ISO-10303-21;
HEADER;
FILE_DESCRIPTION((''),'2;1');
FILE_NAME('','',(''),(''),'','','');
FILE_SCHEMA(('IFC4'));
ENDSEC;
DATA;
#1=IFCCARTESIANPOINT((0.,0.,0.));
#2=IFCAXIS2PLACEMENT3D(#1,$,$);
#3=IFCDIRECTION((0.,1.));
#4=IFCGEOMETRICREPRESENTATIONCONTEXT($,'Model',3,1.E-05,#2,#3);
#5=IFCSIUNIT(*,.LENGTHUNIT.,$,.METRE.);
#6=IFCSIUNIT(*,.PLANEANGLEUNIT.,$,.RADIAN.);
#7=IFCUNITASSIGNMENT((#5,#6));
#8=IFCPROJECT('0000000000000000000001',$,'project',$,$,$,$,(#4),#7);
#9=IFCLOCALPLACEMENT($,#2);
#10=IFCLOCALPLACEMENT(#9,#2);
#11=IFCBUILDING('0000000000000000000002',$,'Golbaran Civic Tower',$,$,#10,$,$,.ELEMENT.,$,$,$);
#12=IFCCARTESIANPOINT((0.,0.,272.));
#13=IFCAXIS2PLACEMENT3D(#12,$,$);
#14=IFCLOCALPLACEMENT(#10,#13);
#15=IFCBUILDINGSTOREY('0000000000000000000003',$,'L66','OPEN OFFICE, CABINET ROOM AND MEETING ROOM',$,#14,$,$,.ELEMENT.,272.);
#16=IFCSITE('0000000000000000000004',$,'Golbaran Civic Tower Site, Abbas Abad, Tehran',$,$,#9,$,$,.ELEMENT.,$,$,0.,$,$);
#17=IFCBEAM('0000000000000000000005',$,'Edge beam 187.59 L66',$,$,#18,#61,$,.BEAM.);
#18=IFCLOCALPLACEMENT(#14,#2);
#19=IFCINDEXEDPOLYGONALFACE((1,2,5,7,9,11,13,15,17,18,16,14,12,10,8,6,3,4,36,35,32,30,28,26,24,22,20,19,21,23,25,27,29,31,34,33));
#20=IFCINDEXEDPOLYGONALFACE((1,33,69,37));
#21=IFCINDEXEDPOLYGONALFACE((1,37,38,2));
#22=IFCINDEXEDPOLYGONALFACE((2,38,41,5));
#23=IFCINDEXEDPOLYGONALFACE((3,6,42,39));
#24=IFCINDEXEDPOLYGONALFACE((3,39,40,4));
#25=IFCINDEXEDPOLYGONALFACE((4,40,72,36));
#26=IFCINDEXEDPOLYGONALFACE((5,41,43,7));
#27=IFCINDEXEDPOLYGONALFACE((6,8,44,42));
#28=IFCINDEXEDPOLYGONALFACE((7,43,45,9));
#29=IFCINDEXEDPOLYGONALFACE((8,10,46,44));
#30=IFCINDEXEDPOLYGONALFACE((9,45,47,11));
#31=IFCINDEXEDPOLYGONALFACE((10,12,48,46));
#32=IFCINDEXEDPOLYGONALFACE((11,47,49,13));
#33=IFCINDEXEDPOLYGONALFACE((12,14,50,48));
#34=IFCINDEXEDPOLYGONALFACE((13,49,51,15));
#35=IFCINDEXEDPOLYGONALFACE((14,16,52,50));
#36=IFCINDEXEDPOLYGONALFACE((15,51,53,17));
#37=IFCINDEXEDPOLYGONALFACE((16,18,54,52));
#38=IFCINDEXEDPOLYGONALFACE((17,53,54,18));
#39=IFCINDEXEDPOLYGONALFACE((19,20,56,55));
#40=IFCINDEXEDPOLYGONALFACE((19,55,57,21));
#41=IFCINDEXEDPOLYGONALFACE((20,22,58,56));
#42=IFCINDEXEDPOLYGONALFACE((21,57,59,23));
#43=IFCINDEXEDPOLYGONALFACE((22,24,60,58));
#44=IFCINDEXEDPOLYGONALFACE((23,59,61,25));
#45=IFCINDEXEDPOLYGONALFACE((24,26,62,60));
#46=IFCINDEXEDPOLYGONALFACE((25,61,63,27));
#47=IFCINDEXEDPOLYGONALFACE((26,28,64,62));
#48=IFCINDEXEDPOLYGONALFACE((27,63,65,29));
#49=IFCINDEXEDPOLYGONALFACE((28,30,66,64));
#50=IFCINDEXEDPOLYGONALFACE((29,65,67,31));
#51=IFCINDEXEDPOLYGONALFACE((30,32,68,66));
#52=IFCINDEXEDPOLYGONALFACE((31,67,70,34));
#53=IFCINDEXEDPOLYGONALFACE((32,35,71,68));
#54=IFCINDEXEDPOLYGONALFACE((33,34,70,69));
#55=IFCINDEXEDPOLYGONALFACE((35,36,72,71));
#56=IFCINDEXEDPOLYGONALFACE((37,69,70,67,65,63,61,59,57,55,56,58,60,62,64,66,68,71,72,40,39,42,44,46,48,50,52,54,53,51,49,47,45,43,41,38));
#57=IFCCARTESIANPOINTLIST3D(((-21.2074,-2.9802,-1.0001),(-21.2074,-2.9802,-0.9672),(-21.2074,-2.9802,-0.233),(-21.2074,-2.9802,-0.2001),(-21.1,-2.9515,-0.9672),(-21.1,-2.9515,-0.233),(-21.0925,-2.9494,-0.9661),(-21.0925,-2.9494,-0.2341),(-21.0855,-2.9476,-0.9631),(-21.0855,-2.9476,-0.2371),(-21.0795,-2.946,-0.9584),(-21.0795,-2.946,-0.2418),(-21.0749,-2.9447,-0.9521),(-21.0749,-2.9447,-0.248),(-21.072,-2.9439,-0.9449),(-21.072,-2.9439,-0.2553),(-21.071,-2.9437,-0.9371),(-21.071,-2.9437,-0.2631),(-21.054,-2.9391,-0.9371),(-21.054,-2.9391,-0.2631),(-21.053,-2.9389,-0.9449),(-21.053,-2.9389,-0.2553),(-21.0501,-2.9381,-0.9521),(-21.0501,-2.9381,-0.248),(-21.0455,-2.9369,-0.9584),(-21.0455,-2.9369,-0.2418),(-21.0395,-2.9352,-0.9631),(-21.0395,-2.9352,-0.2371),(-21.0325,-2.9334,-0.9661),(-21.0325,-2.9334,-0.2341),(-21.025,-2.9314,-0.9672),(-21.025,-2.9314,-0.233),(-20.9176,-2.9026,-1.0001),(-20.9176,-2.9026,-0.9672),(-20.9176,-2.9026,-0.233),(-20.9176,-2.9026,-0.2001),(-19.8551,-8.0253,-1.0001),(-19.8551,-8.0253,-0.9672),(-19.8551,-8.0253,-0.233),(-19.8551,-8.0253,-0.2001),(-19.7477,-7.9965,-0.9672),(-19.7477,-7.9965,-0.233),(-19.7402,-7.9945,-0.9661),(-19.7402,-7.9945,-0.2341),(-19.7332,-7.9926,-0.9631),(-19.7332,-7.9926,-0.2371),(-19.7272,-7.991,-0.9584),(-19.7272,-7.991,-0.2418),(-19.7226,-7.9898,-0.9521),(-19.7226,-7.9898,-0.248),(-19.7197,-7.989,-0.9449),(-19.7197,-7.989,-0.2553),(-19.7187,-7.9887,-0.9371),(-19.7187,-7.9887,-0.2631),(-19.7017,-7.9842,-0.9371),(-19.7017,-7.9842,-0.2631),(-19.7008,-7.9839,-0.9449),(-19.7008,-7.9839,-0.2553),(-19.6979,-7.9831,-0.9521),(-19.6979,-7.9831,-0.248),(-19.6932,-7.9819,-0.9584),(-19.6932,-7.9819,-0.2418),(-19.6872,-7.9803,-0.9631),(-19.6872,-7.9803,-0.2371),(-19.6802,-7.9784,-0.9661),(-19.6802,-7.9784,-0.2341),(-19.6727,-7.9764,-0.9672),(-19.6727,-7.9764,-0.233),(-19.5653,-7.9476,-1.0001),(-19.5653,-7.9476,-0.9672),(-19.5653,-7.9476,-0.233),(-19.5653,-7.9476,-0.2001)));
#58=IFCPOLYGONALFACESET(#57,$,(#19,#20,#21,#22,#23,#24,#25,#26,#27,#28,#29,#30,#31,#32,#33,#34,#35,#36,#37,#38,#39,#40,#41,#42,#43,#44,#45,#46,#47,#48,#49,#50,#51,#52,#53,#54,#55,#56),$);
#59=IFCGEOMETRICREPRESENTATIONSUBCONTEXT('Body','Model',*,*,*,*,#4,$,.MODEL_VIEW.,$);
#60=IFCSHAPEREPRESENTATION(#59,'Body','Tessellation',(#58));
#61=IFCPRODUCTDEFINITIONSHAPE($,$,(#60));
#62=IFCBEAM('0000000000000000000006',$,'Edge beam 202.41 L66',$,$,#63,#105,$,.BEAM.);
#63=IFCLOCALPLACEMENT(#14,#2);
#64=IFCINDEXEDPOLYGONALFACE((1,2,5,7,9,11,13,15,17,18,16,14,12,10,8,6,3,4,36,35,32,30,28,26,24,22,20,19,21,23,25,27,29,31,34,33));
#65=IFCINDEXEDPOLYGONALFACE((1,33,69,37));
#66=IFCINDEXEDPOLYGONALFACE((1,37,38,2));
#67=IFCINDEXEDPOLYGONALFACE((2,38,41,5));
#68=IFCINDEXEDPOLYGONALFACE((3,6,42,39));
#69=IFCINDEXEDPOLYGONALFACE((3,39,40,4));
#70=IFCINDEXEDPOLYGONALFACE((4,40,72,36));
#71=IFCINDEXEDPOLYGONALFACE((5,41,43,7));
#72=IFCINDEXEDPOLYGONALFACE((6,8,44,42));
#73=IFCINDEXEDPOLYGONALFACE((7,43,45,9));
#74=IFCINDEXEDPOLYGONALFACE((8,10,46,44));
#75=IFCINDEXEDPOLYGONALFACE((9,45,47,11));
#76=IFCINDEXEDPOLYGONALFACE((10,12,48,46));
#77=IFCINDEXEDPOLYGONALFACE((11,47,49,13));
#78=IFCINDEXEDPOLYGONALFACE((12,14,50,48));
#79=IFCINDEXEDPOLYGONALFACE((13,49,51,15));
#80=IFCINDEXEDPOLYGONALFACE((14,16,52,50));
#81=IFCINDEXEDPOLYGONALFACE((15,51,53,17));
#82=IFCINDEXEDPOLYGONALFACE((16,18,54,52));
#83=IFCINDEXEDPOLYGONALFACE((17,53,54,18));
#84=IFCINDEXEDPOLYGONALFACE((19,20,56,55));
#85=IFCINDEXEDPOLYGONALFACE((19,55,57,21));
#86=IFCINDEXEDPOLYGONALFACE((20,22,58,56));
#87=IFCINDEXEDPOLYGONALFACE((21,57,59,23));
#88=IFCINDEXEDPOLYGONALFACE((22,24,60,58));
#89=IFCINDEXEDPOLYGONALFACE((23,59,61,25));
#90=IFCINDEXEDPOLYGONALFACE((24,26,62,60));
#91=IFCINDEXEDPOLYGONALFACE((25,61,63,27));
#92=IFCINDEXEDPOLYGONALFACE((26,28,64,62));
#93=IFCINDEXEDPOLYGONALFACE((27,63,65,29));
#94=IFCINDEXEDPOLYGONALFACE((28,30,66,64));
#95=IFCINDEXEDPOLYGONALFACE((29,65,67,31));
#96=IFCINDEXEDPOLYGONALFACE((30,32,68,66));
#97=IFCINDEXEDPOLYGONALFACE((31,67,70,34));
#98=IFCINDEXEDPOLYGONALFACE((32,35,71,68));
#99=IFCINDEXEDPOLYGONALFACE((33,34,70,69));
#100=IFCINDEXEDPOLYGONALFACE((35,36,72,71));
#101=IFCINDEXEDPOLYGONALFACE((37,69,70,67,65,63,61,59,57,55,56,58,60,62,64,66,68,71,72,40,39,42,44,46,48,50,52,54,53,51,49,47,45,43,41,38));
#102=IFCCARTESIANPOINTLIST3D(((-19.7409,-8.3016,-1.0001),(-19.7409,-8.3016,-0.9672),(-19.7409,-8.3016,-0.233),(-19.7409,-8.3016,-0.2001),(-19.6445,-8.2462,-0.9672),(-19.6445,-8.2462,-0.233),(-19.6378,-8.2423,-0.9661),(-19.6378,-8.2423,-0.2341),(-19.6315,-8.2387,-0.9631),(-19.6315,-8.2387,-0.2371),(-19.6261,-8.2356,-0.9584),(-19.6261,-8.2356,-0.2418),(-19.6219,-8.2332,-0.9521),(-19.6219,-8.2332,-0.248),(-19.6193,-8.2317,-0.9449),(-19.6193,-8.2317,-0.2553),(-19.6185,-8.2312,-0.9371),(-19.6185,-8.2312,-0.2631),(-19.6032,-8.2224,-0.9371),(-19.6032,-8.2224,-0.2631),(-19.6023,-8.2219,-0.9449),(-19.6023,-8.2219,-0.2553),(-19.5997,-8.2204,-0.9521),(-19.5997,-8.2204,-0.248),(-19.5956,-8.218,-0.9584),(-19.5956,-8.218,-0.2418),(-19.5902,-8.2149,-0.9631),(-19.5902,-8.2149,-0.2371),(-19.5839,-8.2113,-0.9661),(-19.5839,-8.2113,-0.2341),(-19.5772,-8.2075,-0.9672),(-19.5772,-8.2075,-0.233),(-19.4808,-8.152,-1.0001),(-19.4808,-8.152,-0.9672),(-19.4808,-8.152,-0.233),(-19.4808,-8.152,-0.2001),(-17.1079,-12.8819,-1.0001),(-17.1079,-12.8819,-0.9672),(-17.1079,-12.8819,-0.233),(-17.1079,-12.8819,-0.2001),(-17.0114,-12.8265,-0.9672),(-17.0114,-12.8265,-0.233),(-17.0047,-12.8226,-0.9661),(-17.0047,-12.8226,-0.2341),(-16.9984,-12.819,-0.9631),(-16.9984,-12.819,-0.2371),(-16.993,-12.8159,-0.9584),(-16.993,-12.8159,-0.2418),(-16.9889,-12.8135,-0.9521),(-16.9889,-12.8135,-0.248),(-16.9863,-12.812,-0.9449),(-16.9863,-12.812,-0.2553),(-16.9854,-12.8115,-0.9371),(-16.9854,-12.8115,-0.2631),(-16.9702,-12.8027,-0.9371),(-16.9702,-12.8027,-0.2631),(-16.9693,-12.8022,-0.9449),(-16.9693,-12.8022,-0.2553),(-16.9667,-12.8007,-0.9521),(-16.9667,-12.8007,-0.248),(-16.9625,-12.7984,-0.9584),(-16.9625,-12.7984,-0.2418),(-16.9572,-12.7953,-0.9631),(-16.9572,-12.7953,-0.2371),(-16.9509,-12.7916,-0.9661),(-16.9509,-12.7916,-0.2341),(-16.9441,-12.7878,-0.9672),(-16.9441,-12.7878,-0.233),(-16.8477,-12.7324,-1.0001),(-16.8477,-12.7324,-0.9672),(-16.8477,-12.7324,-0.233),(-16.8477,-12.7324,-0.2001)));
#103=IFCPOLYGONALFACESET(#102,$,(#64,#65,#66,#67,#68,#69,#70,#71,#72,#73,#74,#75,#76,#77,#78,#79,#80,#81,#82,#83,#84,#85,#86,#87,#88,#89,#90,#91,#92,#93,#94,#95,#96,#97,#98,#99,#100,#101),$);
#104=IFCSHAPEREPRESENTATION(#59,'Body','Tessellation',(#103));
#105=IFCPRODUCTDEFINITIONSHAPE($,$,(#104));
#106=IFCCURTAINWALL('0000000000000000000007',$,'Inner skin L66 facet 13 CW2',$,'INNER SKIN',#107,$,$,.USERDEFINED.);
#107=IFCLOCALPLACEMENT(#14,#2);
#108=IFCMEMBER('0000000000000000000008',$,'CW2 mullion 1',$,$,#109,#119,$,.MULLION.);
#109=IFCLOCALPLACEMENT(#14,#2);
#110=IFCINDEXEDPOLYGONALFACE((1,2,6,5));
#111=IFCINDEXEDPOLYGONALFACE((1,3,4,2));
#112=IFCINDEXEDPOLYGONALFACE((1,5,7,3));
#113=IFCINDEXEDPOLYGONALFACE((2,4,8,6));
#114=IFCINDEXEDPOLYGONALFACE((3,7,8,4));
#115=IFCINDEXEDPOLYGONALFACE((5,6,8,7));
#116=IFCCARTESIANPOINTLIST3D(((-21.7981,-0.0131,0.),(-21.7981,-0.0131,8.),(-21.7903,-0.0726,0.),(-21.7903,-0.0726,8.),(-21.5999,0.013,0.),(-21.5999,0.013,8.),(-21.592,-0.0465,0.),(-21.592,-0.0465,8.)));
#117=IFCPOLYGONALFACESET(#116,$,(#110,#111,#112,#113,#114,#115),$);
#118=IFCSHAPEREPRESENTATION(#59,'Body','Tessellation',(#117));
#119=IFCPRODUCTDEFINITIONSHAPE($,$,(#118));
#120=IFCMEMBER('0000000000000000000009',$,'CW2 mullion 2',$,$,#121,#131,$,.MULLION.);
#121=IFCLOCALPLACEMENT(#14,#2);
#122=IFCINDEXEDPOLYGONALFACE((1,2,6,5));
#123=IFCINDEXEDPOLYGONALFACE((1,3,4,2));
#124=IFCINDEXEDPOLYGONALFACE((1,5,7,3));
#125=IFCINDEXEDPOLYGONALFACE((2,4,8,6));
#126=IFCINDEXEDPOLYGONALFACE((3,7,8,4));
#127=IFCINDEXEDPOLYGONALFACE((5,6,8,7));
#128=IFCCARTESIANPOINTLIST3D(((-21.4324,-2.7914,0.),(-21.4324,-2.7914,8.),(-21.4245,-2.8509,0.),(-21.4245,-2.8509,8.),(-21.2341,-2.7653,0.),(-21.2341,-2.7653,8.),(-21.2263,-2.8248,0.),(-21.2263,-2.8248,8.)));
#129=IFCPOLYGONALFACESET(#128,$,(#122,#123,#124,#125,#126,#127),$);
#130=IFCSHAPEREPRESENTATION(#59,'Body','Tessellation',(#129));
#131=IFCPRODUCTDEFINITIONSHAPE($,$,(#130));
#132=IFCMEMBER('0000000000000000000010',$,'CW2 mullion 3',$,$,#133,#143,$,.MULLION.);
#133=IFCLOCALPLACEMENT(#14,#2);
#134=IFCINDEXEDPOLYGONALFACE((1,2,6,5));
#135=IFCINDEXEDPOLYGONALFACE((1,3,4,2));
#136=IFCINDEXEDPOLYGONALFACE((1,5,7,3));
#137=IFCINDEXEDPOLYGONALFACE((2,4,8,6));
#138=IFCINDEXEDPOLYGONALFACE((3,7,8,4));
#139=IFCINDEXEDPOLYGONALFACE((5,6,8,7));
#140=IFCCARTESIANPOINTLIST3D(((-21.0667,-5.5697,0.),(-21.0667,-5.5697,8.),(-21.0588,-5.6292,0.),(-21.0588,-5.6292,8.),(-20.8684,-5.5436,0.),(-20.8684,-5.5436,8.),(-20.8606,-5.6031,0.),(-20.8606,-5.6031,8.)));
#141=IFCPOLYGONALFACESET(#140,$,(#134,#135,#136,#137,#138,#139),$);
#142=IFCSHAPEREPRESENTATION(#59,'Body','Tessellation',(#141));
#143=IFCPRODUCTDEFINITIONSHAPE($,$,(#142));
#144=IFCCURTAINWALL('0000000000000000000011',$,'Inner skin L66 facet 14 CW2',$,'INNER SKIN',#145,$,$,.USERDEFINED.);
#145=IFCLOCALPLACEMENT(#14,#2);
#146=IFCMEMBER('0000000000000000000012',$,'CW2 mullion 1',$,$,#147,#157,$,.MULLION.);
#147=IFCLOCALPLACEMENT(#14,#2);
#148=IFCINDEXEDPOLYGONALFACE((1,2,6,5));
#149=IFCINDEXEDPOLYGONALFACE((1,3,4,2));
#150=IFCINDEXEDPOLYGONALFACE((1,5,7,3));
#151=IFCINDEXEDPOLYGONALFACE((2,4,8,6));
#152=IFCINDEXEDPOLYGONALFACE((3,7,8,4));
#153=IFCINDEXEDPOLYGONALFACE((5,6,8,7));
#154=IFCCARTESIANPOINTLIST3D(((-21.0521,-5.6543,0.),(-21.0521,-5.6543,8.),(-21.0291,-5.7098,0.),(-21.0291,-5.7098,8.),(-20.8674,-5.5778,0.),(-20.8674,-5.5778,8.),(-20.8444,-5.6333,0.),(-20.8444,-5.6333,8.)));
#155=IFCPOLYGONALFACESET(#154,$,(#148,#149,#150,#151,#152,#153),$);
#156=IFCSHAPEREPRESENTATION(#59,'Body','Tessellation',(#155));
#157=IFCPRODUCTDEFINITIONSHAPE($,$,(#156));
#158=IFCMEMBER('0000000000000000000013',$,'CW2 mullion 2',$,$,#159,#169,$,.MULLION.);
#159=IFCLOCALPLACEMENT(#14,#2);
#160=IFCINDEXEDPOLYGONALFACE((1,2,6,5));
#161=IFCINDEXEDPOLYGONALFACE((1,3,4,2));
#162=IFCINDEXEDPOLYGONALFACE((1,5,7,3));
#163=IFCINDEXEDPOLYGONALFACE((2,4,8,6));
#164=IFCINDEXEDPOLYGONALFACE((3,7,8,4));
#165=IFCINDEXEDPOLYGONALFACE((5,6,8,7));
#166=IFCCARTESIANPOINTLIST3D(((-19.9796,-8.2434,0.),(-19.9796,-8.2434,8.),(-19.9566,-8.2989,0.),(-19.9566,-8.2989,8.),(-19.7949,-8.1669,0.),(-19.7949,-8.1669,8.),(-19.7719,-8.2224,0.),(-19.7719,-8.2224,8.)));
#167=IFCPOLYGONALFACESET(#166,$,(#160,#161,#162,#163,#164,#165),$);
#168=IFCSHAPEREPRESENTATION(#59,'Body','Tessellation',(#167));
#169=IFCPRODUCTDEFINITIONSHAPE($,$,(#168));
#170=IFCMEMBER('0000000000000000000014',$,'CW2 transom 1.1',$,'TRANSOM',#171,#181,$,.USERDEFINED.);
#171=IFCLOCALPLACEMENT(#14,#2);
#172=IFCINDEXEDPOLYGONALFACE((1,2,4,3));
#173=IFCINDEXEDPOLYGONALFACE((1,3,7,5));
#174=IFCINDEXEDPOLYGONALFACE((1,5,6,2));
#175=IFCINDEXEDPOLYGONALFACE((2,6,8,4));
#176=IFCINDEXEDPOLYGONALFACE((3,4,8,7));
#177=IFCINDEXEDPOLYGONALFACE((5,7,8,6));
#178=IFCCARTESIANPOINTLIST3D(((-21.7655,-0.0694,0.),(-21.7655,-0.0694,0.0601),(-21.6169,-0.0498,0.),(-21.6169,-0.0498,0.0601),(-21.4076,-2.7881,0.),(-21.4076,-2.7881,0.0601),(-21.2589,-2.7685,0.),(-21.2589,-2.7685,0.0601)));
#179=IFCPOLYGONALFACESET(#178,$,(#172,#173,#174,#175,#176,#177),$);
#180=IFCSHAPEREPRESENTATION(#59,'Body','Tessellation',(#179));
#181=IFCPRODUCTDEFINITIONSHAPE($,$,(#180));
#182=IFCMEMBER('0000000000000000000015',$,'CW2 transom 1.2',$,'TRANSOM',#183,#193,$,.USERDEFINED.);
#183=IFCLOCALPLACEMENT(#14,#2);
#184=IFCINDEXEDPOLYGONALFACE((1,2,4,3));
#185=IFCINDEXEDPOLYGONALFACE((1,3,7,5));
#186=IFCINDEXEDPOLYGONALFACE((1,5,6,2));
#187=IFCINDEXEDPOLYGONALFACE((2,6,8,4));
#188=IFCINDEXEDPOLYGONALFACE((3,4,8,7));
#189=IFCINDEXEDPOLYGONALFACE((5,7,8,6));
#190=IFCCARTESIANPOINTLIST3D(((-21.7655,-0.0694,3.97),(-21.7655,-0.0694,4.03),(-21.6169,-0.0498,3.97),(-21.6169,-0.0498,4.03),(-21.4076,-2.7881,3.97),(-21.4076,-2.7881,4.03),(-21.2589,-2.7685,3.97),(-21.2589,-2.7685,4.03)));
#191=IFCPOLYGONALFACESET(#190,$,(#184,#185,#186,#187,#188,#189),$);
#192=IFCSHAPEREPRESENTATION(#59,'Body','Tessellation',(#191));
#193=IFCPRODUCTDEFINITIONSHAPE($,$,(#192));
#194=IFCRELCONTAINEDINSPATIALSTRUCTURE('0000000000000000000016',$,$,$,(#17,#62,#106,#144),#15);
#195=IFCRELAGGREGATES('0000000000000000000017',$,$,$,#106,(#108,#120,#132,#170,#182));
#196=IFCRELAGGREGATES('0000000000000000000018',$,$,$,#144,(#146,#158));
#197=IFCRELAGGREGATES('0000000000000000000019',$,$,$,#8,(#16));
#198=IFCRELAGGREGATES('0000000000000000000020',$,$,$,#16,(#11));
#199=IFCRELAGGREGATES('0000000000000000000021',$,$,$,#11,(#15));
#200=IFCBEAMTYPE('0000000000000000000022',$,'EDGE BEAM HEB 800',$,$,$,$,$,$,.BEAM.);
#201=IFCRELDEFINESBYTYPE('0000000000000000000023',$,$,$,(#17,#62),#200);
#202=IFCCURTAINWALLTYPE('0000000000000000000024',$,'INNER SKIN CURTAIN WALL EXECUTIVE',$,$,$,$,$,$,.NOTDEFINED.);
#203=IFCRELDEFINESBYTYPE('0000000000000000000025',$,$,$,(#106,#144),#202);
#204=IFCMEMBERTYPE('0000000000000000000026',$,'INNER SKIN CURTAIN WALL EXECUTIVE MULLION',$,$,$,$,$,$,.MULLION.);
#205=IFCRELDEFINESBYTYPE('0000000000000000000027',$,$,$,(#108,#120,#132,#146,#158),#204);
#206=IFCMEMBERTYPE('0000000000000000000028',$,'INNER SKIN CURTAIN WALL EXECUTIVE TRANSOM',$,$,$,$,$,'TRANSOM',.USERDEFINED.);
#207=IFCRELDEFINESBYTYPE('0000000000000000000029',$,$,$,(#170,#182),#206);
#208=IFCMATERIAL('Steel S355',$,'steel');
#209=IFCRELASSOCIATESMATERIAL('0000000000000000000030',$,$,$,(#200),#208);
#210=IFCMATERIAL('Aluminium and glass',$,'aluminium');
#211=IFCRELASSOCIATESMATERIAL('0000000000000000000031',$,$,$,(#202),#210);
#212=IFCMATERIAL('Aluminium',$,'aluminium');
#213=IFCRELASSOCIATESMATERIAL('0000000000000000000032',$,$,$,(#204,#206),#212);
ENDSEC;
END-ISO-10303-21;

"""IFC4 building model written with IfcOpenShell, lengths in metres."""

from ifc_helpers import new_model, si_unit, direction, frame, origin, origin_2d, place, context, subcontext, project, spatial, rectangle, i_section, extrude, material, material_profile, profile_set, type_object, element, aggregate, save


model = new_model("IFC4")

# Units and contexts
model_context = context("Model", 3, precision=1e-05, world=origin(), true_north=direction((0.0, 1.0)))
body_context = subcontext(model_context, "Body", "Model", "MODEL_VIEW")
ifc_project = project(units=[si_unit("LENGTHUNIT", "METRE"), si_unit("PLANEANGLEUNIT", "RADIAN")], contexts=[model_context])

# Site, building, storey
site_placement = place(None, origin())
site = spatial("IfcSite", under=ifc_project, at=site_placement, Name="Golbaran Civic Tower Site, Abbas Abad, Tehran", CompositionType="ELEMENT", RefElevation=0.0)
building_placement = place(site_placement, origin())
building = spatial("IfcBuilding", under=site, at=building_placement, Name="Golbaran Civic Tower", CompositionType="ELEMENT")
storey_placement = place(building_placement, frame((0.0, 0.0, 272.0)))
storey = spatial("IfcBuildingStorey", under=building, at=storey_placement, Name="L66", Description="OPEN OFFICE, CABINET ROOM AND MEETING ROOM", CompositionType="ELEMENT", Elevation=272.0)

# Beams
ifc_material_1 = material(Name="Steel S355", Category="steel")
ifc_material_profile_1 = material_profile(ifc_material_1, i_section(OverallWidth=0.3, OverallDepth=0.8, WebThickness=0.0176, FlangeThickness=0.033, FilletRadius=0.03, at=origin_2d()), Name="HEB 800")
ifc_profile_set_1 = profile_set([ifc_material_profile_1], Name="Steel S355")
beam_type = type_object("IfcBeamType", Name="EDGE BEAM HEB 800", PredefinedType="BEAM", material=ifc_profile_set_1)
beam_1_placement = place(storey_placement, frame((-21.0625, -2.9414, -0.6001), z_axis=(0.258899, -0.965904, 0.0), x_axis=(0.965904, 0.258899, 0.0)))
element("IfcBeam", 1, at=beam_1_placement, inside=storey, type_object=beam_type, Name="Edge beam 187.59 L66", PredefinedType="BEAM", context=body_context, shape_type="SweptSolid", body=[
    extrude(i_section(OverallWidth=0.3, OverallDepth=0.8, WebThickness=0.0176, FlangeThickness=0.033, FilletRadius=0.03, at=origin_2d()), origin(), (0.0, 0.0, 1.0), 5.2231),
])
beam_2_placement = place(storey_placement, frame((-19.6108, -8.2268, -0.6001), z_axis=(0.498382, -0.866958, 0.0), x_axis=(0.866958, 0.498382, 0.0)))
element("IfcBeam", 2, at=beam_2_placement, inside=storey, type_object=beam_type, Name="Edge beam 202.41 L66", PredefinedType="BEAM", context=body_context, shape_type="SweptSolid", body=[
    extrude(i_section(OverallWidth=0.3, OverallDepth=0.8, WebThickness=0.0176, FlangeThickness=0.033, FilletRadius=0.03, at=origin_2d()), origin(), (0.0, 0.0, 1.0), 5.2832),
])

# Curtain walls, members
ifc_material_2 = material(Name="Aluminium and glass", Category="aluminium")
curtain_wall_type = type_object("IfcCurtainWallType", Name="INNER SKIN CURTAIN WALL EXECUTIVE", PredefinedType="NOTDEFINED", material=ifc_material_2)
curtain_wall_1_placement = place(storey_placement, origin())
curtain_wall_1 = element("IfcCurtainWall", 3, at=curtain_wall_1_placement, inside=storey, type_object=curtain_wall_type, Name="Inner skin L66 facet 13 CW2", ObjectType="INNER SKIN", PredefinedType="USERDEFINED")
ifc_material_3 = material(Name="Aluminium", Category="aluminium")
ifc_material_profile_2 = material_profile(ifc_material_3, rectangle(XDim=0.2, YDim=0.0601, at=origin_2d()), Name="INNER SKIN CURTAIN WALL EXECUTIVE MULLION")
ifc_profile_set_2 = profile_set([ifc_material_profile_2], Name="Aluminium")
member_type_1 = type_object("IfcMemberType", Name="INNER SKIN CURTAIN WALL EXECUTIVE MULLION", PredefinedType="MULLION", material=ifc_profile_set_2)
member_1_placement = place(storey_placement, frame((-21.6951, -0.0298, 0.0), z_axis=(0.0, 0.0, 1.0), x_axis=(0.991445, 0.130526, 0.0)))
member_1 = element("IfcMember", 4, at=member_1_placement, type_object=member_type_1, Name="CW2 mullion 1", PredefinedType="MULLION", context=body_context, shape_type="SweptSolid", body=[
    extrude(rectangle(XDim=0.2, YDim=0.0601, at=origin_2d()), origin(), (0.0, 0.0, 1.0), 8.0),
])
member_2_placement = place(storey_placement, frame((-21.3293, -2.8081, 0.0), z_axis=(0.0, 0.0, 1.0), x_axis=(0.991445, 0.130526, 0.0)))
member_2 = element("IfcMember", 5, at=member_2_placement, type_object=member_type_1, Name="CW2 mullion 2", PredefinedType="MULLION", context=body_context, shape_type="SweptSolid", body=[
    extrude(rectangle(XDim=0.2, YDim=0.0601, at=origin_2d()), origin(), (0.0, 0.0, 1.0), 8.0),
])
member_3_placement = place(storey_placement, frame((-20.9636, -5.5864, 0.0), z_axis=(0.0, 0.0, 1.0), x_axis=(0.991445, 0.130526, 0.0)))
member_3 = element("IfcMember", 6, at=member_3_placement, type_object=member_type_1, Name="CW2 mullion 3", PredefinedType="MULLION", context=body_context, shape_type="SweptSolid", body=[
    extrude(rectangle(XDim=0.2, YDim=0.0601, at=origin_2d()), origin(), (0.0, 0.0, 1.0), 8.0),
])
curtain_wall_2_placement = place(storey_placement, origin())
curtain_wall_2 = element("IfcCurtainWall", 7, at=curtain_wall_2_placement, inside=storey, type_object=curtain_wall_type, Name="Inner skin L66 facet 14 CW2", ObjectType="INNER SKIN", PredefinedType="USERDEFINED")
member_4_placement = place(storey_placement, frame((-20.9482, -5.6438, 0.0), z_axis=(0.0, 0.0, 1.0), x_axis=(0.92388, 0.382683, 0.0)))
member_4 = element("IfcMember", 8, at=member_4_placement, type_object=member_type_1, Name="CW2 mullion 1", PredefinedType="MULLION", context=body_context, shape_type="SweptSolid", body=[
    extrude(rectangle(XDim=0.2, YDim=0.0601, at=origin_2d()), origin(), (0.0, 0.0, 1.0), 8.0),
])
member_5_placement = place(storey_placement, frame((-19.8757, -8.2329, 0.0), z_axis=(0.0, 0.0, 1.0), x_axis=(0.92388, 0.382683, 0.0)))
member_5 = element("IfcMember", 9, at=member_5_placement, type_object=member_type_1, Name="CW2 mullion 2", PredefinedType="MULLION", context=body_context, shape_type="SweptSolid", body=[
    extrude(rectangle(XDim=0.2, YDim=0.0601, at=origin_2d()), origin(), (0.0, 0.0, 1.0), 8.0),
])

# Members
ifc_material_profile_3 = material_profile(ifc_material_3, rectangle(XDim=0.1499, YDim=0.0601, at=origin_2d()), Name="INNER SKIN CURTAIN WALL EXECUTIVE TRANSOM")
ifc_profile_set_3 = profile_set([ifc_material_profile_3], Name="Aluminium")
member_type_2 = type_object("IfcMemberType", Name="INNER SKIN CURTAIN WALL EXECUTIVE TRANSOM", ElementType="TRANSOM", PredefinedType="USERDEFINED", material=ifc_profile_set_3)
member_6_placement = place(storey_placement, frame((-21.6912, -0.0596, 0.03), z_axis=(0.130519, -0.991446, 0.0), x_axis=(0.991446, 0.130519, 0.0)))
member_6 = element("IfcMember", 10, at=member_6_placement, type_object=member_type_2, Name="CW2 transom 1.1", ObjectType="TRANSOM", PredefinedType="USERDEFINED", context=body_context, shape_type="SweptSolid", body=[
    extrude(rectangle(XDim=0.1499, YDim=0.0601, at=origin_2d()), origin(), (0.0, 0.0, 1.0), 2.7422),
])
member_7_placement = place(storey_placement, frame((-21.6912, -0.0596, 4.0), z_axis=(0.130519, -0.991446, 0.0), x_axis=(0.991446, 0.130519, 0.0)))
member_7 = element("IfcMember", 11, at=member_7_placement, type_object=member_type_2, Name="CW2 transom 1.2", ObjectType="TRANSOM", PredefinedType="USERDEFINED", context=body_context, shape_type="SweptSolid", body=[
    extrude(rectangle(XDim=0.1499, YDim=0.0601, at=origin_2d()), origin(), (0.0, 0.0, 1.0), 2.7422),
])

aggregate(curtain_wall_1, [member_1, member_2, member_3, member_6, member_7])
aggregate(curtain_wall_2, [member_4, member_5])

save(model, "model.ifc")
